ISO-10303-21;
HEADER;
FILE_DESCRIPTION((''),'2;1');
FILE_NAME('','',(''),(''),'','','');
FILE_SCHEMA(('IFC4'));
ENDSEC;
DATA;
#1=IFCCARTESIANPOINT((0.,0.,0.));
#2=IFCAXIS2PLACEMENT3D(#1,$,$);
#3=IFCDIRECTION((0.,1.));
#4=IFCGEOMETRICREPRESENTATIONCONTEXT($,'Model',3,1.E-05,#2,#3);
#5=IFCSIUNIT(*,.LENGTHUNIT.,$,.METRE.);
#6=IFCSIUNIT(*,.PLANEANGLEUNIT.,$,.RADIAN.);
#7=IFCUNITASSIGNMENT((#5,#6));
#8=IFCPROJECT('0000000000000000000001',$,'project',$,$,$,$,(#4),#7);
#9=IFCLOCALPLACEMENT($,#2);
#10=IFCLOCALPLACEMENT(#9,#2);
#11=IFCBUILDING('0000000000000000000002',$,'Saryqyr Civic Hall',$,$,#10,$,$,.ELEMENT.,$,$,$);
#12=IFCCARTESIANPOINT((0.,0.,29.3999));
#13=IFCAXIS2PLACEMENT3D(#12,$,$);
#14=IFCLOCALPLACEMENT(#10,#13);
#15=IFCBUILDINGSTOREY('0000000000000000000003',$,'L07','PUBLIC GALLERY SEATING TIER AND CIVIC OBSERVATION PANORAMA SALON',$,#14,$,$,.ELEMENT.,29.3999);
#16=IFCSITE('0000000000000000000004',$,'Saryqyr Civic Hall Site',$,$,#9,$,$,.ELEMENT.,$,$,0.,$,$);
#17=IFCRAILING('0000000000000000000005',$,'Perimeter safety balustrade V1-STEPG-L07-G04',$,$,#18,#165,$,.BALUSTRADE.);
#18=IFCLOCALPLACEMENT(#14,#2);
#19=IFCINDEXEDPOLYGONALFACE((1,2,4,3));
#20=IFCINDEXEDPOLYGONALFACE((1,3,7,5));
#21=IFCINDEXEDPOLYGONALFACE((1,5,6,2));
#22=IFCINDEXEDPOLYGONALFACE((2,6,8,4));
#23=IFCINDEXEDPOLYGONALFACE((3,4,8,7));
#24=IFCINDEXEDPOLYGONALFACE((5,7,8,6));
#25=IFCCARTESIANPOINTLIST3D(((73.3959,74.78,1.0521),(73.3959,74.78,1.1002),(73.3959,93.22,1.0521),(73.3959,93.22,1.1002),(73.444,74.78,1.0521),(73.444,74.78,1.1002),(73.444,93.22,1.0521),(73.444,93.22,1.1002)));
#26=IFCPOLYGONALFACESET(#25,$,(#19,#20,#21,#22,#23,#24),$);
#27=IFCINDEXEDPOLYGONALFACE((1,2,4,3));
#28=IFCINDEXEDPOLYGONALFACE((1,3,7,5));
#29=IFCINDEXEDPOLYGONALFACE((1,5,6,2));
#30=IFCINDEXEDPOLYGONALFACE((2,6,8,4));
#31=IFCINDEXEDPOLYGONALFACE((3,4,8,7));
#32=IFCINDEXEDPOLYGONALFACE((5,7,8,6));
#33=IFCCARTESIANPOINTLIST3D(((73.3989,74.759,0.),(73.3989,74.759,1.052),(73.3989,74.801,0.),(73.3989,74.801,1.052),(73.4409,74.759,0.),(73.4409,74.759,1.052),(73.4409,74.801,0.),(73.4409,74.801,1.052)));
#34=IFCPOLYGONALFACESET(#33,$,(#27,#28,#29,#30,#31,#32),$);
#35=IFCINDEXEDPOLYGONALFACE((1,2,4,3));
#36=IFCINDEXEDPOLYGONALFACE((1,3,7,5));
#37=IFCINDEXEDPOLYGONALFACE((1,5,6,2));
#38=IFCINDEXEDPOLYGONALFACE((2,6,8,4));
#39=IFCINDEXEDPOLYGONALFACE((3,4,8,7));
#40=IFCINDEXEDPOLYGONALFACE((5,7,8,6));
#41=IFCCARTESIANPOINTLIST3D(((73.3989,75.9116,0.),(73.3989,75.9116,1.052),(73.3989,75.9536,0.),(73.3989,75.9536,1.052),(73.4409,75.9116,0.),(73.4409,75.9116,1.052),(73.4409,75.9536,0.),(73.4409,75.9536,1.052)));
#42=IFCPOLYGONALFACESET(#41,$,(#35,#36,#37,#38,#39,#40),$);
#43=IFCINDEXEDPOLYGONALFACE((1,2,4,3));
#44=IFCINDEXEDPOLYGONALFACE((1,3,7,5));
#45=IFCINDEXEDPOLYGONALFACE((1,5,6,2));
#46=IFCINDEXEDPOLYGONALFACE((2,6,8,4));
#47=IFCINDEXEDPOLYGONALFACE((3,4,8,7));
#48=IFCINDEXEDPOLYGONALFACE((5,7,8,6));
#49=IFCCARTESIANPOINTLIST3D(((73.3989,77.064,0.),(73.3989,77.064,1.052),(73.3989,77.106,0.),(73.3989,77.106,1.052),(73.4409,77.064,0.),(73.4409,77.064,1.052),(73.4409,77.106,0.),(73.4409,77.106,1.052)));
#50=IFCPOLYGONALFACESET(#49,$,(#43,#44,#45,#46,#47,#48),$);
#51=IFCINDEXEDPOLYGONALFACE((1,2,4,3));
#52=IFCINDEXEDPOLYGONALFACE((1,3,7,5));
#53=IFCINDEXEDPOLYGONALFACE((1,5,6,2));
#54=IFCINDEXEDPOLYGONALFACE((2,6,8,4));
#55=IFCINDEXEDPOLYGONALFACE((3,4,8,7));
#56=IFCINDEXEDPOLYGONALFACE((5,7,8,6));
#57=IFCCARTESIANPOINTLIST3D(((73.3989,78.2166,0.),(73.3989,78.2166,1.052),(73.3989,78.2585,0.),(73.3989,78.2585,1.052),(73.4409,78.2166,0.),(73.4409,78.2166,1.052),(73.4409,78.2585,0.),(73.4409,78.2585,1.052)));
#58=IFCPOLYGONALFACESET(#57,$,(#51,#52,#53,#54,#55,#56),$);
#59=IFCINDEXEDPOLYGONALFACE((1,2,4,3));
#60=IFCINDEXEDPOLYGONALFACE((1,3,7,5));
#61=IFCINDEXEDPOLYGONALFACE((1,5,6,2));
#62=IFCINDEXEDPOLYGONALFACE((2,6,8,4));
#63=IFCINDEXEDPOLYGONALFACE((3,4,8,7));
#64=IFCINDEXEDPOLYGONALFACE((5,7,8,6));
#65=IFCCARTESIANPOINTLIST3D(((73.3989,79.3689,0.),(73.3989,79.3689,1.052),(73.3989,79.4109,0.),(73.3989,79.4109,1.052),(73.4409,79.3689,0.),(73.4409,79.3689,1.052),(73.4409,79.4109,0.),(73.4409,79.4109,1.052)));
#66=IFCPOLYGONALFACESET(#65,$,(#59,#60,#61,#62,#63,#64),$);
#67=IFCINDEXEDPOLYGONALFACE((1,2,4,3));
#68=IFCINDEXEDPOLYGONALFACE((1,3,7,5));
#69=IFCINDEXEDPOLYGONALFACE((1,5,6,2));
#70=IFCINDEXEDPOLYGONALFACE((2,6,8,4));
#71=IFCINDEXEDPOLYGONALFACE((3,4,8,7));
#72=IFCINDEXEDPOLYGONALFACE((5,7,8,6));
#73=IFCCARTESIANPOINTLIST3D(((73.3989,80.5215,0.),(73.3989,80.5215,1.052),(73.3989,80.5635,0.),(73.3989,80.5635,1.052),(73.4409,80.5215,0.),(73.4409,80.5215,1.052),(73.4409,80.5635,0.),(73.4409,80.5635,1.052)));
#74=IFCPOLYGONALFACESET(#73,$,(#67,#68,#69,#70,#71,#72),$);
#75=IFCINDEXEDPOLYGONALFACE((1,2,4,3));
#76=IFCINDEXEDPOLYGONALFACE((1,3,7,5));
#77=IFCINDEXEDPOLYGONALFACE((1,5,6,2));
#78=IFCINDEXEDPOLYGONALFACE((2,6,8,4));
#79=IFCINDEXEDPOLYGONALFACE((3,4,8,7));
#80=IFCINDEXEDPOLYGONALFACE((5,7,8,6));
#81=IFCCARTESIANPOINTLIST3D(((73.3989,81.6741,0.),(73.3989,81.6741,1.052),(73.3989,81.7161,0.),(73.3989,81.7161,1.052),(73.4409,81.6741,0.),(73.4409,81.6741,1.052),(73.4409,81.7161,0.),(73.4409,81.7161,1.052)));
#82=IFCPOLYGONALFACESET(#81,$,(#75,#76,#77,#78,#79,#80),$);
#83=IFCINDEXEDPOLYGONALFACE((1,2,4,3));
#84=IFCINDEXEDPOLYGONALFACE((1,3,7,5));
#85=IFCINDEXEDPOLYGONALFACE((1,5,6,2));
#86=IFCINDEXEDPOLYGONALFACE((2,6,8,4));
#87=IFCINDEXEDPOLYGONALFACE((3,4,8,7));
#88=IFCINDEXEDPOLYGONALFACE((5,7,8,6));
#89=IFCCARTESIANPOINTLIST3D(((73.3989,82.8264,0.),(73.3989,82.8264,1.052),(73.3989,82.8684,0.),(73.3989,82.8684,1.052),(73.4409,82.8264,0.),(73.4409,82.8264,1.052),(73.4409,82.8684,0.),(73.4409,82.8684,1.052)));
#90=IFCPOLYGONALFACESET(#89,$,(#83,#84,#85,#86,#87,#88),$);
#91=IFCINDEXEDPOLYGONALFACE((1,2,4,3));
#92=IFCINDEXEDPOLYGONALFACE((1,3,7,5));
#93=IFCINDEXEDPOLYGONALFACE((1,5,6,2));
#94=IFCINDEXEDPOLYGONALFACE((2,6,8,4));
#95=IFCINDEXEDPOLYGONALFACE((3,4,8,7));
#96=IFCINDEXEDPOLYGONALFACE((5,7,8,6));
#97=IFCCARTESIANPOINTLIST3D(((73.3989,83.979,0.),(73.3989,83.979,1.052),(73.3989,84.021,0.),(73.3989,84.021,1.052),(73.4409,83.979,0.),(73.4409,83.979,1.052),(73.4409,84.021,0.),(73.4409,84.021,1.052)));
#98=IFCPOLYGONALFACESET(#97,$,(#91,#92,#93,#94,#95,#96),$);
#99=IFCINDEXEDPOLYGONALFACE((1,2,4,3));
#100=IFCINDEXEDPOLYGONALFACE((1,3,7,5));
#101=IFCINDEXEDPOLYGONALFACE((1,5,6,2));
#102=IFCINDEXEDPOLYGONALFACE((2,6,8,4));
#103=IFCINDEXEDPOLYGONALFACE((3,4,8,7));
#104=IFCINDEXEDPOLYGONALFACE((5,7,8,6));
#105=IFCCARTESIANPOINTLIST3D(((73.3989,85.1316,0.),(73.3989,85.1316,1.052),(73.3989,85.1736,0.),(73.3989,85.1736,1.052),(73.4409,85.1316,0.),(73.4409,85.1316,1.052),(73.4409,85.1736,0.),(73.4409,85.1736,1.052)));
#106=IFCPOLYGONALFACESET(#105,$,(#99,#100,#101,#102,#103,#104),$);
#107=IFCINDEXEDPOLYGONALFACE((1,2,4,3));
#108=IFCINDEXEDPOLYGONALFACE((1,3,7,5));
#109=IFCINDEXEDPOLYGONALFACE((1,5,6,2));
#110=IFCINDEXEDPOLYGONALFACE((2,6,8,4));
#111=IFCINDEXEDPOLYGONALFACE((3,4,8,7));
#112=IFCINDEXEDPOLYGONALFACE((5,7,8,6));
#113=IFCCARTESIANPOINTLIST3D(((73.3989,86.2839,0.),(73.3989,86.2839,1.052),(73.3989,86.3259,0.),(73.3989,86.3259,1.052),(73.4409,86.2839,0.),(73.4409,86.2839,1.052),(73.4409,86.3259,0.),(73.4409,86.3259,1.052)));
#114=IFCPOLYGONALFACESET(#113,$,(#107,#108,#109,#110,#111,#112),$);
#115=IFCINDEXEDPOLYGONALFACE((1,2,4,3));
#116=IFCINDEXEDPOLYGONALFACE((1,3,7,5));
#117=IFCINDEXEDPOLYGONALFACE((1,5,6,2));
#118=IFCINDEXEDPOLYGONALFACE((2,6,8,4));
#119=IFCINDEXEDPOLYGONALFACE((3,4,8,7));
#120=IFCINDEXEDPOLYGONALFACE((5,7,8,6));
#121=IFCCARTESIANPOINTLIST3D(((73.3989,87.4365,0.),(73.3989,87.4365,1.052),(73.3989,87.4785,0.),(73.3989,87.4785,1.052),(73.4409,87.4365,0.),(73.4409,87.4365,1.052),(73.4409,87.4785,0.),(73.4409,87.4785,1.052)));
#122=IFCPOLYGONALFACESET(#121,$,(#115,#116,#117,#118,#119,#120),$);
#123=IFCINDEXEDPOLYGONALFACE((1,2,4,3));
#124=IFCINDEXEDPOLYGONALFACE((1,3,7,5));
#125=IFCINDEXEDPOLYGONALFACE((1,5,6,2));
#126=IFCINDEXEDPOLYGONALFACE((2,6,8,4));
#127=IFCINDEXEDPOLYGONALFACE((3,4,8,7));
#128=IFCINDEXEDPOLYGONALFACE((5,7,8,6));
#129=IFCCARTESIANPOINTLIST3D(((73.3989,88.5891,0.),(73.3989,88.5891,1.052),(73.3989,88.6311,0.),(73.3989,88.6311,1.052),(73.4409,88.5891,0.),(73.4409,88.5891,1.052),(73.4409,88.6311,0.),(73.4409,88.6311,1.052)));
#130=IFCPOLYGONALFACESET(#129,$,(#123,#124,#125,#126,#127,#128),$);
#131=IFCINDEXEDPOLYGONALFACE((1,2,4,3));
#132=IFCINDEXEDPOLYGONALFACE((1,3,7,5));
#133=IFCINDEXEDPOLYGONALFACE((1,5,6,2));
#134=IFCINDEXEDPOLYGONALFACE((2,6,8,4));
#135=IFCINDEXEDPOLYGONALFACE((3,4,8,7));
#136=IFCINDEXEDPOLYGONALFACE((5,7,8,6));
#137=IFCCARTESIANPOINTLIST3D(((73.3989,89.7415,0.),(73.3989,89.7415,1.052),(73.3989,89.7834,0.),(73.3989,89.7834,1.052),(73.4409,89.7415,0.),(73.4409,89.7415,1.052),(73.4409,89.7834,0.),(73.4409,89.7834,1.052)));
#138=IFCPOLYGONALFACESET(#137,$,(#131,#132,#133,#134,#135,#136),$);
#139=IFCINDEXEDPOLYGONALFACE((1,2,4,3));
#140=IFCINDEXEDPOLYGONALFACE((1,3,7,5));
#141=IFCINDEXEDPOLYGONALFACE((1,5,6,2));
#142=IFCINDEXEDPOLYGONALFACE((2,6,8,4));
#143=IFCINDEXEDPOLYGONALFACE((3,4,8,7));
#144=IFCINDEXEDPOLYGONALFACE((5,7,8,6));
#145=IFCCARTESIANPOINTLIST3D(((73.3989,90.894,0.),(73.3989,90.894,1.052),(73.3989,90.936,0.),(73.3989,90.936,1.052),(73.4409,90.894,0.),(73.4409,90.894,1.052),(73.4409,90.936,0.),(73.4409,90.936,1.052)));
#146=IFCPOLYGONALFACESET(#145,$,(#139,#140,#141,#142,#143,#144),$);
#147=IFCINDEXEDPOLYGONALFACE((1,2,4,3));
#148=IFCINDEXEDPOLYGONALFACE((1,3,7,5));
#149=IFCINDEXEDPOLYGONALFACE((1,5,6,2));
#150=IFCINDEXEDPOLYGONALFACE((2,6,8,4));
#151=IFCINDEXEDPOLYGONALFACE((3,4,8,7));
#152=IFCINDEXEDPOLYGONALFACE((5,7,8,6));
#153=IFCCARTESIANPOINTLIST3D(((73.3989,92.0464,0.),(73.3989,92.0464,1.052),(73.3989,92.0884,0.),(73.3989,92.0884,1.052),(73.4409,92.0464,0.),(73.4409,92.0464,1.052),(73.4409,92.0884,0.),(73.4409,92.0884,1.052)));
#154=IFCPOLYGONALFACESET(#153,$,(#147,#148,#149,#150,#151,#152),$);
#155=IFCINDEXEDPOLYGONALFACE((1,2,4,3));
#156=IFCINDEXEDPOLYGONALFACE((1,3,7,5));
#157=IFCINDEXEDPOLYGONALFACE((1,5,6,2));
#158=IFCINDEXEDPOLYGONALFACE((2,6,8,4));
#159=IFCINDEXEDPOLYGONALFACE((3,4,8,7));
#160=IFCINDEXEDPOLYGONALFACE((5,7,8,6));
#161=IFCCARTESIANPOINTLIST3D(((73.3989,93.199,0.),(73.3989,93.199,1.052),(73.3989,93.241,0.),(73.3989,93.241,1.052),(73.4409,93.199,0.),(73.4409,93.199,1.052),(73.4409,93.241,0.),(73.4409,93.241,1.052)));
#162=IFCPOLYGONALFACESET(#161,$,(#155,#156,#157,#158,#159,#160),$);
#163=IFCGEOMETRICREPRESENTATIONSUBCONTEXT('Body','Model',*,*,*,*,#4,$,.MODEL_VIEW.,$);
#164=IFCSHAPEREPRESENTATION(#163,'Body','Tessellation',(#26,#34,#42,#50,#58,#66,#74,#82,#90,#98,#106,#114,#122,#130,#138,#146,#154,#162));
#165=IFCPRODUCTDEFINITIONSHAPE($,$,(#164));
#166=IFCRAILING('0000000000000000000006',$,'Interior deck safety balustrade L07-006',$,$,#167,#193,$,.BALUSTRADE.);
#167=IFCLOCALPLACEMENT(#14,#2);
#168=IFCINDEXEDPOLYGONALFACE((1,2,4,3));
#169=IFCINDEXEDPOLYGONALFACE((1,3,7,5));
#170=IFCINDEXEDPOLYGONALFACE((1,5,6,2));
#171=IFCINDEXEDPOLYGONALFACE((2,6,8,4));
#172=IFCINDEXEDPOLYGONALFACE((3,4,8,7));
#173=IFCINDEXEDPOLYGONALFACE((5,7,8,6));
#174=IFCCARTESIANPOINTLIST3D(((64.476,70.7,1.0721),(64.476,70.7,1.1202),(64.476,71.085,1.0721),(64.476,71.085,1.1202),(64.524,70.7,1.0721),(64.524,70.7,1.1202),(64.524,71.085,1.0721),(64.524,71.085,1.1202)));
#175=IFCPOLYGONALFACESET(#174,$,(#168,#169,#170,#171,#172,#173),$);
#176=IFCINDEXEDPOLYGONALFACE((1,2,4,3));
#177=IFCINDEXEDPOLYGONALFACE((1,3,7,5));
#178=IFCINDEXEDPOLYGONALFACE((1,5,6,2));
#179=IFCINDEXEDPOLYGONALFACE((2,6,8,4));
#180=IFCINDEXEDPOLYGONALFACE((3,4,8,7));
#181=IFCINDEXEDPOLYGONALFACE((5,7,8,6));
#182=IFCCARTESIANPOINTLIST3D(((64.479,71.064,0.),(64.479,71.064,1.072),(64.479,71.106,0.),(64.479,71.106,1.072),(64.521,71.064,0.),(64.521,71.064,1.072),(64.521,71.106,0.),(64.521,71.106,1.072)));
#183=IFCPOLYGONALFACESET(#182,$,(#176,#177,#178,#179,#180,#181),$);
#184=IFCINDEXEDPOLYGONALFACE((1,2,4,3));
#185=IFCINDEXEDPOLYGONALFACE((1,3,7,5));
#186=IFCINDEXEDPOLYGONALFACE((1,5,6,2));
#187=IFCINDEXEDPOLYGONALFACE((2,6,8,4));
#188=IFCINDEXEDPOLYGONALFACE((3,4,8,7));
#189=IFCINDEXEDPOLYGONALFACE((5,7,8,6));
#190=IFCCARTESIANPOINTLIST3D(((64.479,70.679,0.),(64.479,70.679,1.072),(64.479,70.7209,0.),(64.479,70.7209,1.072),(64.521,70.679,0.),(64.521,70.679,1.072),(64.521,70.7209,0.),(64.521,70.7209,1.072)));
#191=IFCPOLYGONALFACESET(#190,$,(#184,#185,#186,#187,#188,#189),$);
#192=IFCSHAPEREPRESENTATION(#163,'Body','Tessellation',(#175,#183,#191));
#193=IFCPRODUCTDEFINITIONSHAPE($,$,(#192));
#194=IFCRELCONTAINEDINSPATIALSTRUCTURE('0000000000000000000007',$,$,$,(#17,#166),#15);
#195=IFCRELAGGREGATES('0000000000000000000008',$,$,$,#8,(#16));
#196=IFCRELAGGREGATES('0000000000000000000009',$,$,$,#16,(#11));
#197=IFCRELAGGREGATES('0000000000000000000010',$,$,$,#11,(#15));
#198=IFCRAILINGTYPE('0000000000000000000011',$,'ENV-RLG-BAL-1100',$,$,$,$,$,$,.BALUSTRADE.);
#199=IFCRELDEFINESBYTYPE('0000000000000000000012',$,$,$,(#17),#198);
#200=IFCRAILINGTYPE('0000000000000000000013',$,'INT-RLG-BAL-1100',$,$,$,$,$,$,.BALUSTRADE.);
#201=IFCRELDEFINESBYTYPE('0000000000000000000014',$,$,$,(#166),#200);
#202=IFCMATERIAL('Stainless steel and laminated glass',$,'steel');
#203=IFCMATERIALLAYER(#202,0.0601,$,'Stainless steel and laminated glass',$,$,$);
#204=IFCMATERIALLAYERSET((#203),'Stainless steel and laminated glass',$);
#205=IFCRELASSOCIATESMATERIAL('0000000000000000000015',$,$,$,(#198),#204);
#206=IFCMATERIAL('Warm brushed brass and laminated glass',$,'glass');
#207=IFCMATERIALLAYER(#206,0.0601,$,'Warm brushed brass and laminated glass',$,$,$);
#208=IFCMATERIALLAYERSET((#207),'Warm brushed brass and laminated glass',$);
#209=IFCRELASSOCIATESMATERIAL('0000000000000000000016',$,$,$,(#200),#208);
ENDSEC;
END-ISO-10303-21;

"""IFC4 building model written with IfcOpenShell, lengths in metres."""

from ifc_helpers import new_model, si_unit, direction, frame, origin, origin_2d, place, context, subcontext, project, spatial, rectangle, extrude, material, layer, layer_set, type_object, element, save


model = new_model("IFC4")

# Units and contexts
model_context = context("Model", 3, precision=1e-05, world=origin(), true_north=direction((0.0, 1.0)))
body_context = subcontext(model_context, "Body", "Model", "MODEL_VIEW")
ifc_project = project(units=[si_unit("LENGTHUNIT", "METRE"), si_unit("PLANEANGLEUNIT", "RADIAN")], contexts=[model_context])

# Site, building, storey
site_placement = place(None, origin())
site = spatial("IfcSite", under=ifc_project, at=site_placement, Name="Saryqyr Civic Hall Site", CompositionType="ELEMENT", RefElevation=0.0)
building_placement = place(site_placement, origin())
building = spatial("IfcBuilding", under=site, at=building_placement, Name="Saryqyr Civic Hall", CompositionType="ELEMENT")
storey_placement = place(building_placement, frame((0.0, 0.0, 29.3999)))
storey = spatial("IfcBuildingStorey", under=building, at=storey_placement, Name="L07", Description="PUBLIC GALLERY SEATING TIER AND CIVIC OBSERVATION PANORAMA SALON", CompositionType="ELEMENT", Elevation=29.3999)

# Railings
ifc_material_1 = material(Name="Stainless steel and laminated glass", Category="steel")
ifc_layer_1 = layer(ifc_material_1, 0.0601, Name="Stainless steel and laminated glass")
ifc_layer_set_1 = layer_set([ifc_layer_1], Name="Stainless steel and laminated glass")
railing_type_1 = type_object("IfcRailingType", Name="ENV-RLG-BAL-1100", PredefinedType="BALUSTRADE", material=ifc_layer_set_1)
railing_1_placement = place(storey_placement, frame((73.4199, 74.78, 0.0)))
element("IfcRailing", 1, at=railing_1_placement, inside=storey, type_object=railing_type_1, Name="Perimeter safety balustrade V1-STEPG-L07-G04", PredefinedType="BALUSTRADE", context=body_context, shape_type="SweptSolid", body=[
    extrude(rectangle(XDim=0.0481, YDim=0.0481, at=origin_2d()), frame((0.0, 0.0, 1.0762), z_axis=(0.0, 1.0, 0.0), x_axis=(-1.0, 0.0, 0.0)), (0.0, 0.0, 1.0), 18.4399),
    extrude(rectangle(XDim=0.042, YDim=0.042, at=origin_2d()), origin(), (0.0, 0.0, 1.0), 1.052),
    extrude(rectangle(XDim=0.042, YDim=0.042, at=origin_2d()), frame((0.0, 1.1526, 0.0)), (0.0, 0.0, 1.0), 1.052),
    extrude(rectangle(XDim=0.042, YDim=0.042, at=origin_2d()), frame((0.0, 2.3049, 0.0)), (0.0, 0.0, 1.0), 1.052),
    extrude(rectangle(XDim=0.042, YDim=0.042, at=origin_2d()), frame((0.0, 3.4575, 0.0)), (0.0, 0.0, 1.0), 1.052),
    extrude(rectangle(XDim=0.042, YDim=0.042, at=origin_2d()), frame((0.0, 4.6099, 0.0)), (0.0, 0.0, 1.0), 1.052),
    extrude(rectangle(XDim=0.042, YDim=0.042, at=origin_2d()), frame((0.0, 5.7625, 0.0)), (0.0, 0.0, 1.0), 1.052),
    extrude(rectangle(XDim=0.042, YDim=0.042, at=origin_2d()), frame((0.0, 6.915, 0.0)), (0.0, 0.0, 1.0), 1.052),
    extrude(rectangle(XDim=0.042, YDim=0.042, at=origin_2d()), frame((0.0, 8.0674, 0.0)), (0.0, 0.0, 1.0), 1.052),
    extrude(rectangle(XDim=0.042, YDim=0.042, at=origin_2d()), frame((0.0, 9.22, 0.0)), (0.0, 0.0, 1.0), 1.052),
    extrude(rectangle(XDim=0.042, YDim=0.042, at=origin_2d()), frame((0.0, 10.3726, 0.0)), (0.0, 0.0, 1.0), 1.052),
    extrude(rectangle(XDim=0.042, YDim=0.042, at=origin_2d()), frame((0.0, 11.5249, 0.0)), (0.0, 0.0, 1.0), 1.052),
    extrude(rectangle(XDim=0.042, YDim=0.042, at=origin_2d()), frame((0.0, 12.6775, 0.0)), (0.0, 0.0, 1.0), 1.052),
    extrude(rectangle(XDim=0.042, YDim=0.042, at=origin_2d()), frame((0.0, 13.8301, 0.0)), (0.0, 0.0, 1.0), 1.052),
    extrude(rectangle(XDim=0.042, YDim=0.042, at=origin_2d()), frame((0.0, 14.9824, 0.0)), (0.0, 0.0, 1.0), 1.052),
    extrude(rectangle(XDim=0.042, YDim=0.042, at=origin_2d()), frame((0.0, 16.135, 0.0)), (0.0, 0.0, 1.0), 1.052),
    extrude(rectangle(XDim=0.042, YDim=0.042, at=origin_2d()), frame((0.0, 17.2874, 0.0)), (0.0, 0.0, 1.0), 1.052),
    extrude(rectangle(XDim=0.042, YDim=0.042, at=origin_2d()), frame((0.0, 18.4399, 0.0)), (0.0, 0.0, 1.0), 1.052),
])
ifc_material_2 = material(Name="Warm brushed brass and laminated glass", Category="glass")
ifc_layer_2 = layer(ifc_material_2, 0.0601, Name="Warm brushed brass and laminated glass")
ifc_layer_set_2 = layer_set([ifc_layer_2], Name="Warm brushed brass and laminated glass")
railing_type_2 = type_object("IfcRailingType", Name="INT-RLG-BAL-1100", PredefinedType="BALUSTRADE", material=ifc_layer_set_2)
railing_2_placement = place(storey_placement, frame((64.5, 71.085, 0.0)))
element("IfcRailing", 2, at=railing_2_placement, inside=storey, type_object=railing_type_2, Name="Interior deck safety balustrade L07-006", PredefinedType="BALUSTRADE", context=body_context, shape_type="SweptSolid", body=[
    extrude(rectangle(XDim=0.0481, YDim=0.0481, at=origin_2d()), frame((0.0, 0.0, 1.0962), z_axis=(0.0, -1.0, 0.0), x_axis=(1.0, 0.0, 0.0)), (0.0, 0.0, 1.0), 0.385),
    extrude(rectangle(XDim=0.042, YDim=0.042, at=origin_2d()), origin(), (0.0, 0.0, 1.0), 1.072),
    extrude(rectangle(XDim=0.042, YDim=0.042, at=origin_2d()), frame((0.0, -0.385, 0.0)), (0.0, 0.0, 1.0), 1.072),
])

save(model, "model.ifc")
